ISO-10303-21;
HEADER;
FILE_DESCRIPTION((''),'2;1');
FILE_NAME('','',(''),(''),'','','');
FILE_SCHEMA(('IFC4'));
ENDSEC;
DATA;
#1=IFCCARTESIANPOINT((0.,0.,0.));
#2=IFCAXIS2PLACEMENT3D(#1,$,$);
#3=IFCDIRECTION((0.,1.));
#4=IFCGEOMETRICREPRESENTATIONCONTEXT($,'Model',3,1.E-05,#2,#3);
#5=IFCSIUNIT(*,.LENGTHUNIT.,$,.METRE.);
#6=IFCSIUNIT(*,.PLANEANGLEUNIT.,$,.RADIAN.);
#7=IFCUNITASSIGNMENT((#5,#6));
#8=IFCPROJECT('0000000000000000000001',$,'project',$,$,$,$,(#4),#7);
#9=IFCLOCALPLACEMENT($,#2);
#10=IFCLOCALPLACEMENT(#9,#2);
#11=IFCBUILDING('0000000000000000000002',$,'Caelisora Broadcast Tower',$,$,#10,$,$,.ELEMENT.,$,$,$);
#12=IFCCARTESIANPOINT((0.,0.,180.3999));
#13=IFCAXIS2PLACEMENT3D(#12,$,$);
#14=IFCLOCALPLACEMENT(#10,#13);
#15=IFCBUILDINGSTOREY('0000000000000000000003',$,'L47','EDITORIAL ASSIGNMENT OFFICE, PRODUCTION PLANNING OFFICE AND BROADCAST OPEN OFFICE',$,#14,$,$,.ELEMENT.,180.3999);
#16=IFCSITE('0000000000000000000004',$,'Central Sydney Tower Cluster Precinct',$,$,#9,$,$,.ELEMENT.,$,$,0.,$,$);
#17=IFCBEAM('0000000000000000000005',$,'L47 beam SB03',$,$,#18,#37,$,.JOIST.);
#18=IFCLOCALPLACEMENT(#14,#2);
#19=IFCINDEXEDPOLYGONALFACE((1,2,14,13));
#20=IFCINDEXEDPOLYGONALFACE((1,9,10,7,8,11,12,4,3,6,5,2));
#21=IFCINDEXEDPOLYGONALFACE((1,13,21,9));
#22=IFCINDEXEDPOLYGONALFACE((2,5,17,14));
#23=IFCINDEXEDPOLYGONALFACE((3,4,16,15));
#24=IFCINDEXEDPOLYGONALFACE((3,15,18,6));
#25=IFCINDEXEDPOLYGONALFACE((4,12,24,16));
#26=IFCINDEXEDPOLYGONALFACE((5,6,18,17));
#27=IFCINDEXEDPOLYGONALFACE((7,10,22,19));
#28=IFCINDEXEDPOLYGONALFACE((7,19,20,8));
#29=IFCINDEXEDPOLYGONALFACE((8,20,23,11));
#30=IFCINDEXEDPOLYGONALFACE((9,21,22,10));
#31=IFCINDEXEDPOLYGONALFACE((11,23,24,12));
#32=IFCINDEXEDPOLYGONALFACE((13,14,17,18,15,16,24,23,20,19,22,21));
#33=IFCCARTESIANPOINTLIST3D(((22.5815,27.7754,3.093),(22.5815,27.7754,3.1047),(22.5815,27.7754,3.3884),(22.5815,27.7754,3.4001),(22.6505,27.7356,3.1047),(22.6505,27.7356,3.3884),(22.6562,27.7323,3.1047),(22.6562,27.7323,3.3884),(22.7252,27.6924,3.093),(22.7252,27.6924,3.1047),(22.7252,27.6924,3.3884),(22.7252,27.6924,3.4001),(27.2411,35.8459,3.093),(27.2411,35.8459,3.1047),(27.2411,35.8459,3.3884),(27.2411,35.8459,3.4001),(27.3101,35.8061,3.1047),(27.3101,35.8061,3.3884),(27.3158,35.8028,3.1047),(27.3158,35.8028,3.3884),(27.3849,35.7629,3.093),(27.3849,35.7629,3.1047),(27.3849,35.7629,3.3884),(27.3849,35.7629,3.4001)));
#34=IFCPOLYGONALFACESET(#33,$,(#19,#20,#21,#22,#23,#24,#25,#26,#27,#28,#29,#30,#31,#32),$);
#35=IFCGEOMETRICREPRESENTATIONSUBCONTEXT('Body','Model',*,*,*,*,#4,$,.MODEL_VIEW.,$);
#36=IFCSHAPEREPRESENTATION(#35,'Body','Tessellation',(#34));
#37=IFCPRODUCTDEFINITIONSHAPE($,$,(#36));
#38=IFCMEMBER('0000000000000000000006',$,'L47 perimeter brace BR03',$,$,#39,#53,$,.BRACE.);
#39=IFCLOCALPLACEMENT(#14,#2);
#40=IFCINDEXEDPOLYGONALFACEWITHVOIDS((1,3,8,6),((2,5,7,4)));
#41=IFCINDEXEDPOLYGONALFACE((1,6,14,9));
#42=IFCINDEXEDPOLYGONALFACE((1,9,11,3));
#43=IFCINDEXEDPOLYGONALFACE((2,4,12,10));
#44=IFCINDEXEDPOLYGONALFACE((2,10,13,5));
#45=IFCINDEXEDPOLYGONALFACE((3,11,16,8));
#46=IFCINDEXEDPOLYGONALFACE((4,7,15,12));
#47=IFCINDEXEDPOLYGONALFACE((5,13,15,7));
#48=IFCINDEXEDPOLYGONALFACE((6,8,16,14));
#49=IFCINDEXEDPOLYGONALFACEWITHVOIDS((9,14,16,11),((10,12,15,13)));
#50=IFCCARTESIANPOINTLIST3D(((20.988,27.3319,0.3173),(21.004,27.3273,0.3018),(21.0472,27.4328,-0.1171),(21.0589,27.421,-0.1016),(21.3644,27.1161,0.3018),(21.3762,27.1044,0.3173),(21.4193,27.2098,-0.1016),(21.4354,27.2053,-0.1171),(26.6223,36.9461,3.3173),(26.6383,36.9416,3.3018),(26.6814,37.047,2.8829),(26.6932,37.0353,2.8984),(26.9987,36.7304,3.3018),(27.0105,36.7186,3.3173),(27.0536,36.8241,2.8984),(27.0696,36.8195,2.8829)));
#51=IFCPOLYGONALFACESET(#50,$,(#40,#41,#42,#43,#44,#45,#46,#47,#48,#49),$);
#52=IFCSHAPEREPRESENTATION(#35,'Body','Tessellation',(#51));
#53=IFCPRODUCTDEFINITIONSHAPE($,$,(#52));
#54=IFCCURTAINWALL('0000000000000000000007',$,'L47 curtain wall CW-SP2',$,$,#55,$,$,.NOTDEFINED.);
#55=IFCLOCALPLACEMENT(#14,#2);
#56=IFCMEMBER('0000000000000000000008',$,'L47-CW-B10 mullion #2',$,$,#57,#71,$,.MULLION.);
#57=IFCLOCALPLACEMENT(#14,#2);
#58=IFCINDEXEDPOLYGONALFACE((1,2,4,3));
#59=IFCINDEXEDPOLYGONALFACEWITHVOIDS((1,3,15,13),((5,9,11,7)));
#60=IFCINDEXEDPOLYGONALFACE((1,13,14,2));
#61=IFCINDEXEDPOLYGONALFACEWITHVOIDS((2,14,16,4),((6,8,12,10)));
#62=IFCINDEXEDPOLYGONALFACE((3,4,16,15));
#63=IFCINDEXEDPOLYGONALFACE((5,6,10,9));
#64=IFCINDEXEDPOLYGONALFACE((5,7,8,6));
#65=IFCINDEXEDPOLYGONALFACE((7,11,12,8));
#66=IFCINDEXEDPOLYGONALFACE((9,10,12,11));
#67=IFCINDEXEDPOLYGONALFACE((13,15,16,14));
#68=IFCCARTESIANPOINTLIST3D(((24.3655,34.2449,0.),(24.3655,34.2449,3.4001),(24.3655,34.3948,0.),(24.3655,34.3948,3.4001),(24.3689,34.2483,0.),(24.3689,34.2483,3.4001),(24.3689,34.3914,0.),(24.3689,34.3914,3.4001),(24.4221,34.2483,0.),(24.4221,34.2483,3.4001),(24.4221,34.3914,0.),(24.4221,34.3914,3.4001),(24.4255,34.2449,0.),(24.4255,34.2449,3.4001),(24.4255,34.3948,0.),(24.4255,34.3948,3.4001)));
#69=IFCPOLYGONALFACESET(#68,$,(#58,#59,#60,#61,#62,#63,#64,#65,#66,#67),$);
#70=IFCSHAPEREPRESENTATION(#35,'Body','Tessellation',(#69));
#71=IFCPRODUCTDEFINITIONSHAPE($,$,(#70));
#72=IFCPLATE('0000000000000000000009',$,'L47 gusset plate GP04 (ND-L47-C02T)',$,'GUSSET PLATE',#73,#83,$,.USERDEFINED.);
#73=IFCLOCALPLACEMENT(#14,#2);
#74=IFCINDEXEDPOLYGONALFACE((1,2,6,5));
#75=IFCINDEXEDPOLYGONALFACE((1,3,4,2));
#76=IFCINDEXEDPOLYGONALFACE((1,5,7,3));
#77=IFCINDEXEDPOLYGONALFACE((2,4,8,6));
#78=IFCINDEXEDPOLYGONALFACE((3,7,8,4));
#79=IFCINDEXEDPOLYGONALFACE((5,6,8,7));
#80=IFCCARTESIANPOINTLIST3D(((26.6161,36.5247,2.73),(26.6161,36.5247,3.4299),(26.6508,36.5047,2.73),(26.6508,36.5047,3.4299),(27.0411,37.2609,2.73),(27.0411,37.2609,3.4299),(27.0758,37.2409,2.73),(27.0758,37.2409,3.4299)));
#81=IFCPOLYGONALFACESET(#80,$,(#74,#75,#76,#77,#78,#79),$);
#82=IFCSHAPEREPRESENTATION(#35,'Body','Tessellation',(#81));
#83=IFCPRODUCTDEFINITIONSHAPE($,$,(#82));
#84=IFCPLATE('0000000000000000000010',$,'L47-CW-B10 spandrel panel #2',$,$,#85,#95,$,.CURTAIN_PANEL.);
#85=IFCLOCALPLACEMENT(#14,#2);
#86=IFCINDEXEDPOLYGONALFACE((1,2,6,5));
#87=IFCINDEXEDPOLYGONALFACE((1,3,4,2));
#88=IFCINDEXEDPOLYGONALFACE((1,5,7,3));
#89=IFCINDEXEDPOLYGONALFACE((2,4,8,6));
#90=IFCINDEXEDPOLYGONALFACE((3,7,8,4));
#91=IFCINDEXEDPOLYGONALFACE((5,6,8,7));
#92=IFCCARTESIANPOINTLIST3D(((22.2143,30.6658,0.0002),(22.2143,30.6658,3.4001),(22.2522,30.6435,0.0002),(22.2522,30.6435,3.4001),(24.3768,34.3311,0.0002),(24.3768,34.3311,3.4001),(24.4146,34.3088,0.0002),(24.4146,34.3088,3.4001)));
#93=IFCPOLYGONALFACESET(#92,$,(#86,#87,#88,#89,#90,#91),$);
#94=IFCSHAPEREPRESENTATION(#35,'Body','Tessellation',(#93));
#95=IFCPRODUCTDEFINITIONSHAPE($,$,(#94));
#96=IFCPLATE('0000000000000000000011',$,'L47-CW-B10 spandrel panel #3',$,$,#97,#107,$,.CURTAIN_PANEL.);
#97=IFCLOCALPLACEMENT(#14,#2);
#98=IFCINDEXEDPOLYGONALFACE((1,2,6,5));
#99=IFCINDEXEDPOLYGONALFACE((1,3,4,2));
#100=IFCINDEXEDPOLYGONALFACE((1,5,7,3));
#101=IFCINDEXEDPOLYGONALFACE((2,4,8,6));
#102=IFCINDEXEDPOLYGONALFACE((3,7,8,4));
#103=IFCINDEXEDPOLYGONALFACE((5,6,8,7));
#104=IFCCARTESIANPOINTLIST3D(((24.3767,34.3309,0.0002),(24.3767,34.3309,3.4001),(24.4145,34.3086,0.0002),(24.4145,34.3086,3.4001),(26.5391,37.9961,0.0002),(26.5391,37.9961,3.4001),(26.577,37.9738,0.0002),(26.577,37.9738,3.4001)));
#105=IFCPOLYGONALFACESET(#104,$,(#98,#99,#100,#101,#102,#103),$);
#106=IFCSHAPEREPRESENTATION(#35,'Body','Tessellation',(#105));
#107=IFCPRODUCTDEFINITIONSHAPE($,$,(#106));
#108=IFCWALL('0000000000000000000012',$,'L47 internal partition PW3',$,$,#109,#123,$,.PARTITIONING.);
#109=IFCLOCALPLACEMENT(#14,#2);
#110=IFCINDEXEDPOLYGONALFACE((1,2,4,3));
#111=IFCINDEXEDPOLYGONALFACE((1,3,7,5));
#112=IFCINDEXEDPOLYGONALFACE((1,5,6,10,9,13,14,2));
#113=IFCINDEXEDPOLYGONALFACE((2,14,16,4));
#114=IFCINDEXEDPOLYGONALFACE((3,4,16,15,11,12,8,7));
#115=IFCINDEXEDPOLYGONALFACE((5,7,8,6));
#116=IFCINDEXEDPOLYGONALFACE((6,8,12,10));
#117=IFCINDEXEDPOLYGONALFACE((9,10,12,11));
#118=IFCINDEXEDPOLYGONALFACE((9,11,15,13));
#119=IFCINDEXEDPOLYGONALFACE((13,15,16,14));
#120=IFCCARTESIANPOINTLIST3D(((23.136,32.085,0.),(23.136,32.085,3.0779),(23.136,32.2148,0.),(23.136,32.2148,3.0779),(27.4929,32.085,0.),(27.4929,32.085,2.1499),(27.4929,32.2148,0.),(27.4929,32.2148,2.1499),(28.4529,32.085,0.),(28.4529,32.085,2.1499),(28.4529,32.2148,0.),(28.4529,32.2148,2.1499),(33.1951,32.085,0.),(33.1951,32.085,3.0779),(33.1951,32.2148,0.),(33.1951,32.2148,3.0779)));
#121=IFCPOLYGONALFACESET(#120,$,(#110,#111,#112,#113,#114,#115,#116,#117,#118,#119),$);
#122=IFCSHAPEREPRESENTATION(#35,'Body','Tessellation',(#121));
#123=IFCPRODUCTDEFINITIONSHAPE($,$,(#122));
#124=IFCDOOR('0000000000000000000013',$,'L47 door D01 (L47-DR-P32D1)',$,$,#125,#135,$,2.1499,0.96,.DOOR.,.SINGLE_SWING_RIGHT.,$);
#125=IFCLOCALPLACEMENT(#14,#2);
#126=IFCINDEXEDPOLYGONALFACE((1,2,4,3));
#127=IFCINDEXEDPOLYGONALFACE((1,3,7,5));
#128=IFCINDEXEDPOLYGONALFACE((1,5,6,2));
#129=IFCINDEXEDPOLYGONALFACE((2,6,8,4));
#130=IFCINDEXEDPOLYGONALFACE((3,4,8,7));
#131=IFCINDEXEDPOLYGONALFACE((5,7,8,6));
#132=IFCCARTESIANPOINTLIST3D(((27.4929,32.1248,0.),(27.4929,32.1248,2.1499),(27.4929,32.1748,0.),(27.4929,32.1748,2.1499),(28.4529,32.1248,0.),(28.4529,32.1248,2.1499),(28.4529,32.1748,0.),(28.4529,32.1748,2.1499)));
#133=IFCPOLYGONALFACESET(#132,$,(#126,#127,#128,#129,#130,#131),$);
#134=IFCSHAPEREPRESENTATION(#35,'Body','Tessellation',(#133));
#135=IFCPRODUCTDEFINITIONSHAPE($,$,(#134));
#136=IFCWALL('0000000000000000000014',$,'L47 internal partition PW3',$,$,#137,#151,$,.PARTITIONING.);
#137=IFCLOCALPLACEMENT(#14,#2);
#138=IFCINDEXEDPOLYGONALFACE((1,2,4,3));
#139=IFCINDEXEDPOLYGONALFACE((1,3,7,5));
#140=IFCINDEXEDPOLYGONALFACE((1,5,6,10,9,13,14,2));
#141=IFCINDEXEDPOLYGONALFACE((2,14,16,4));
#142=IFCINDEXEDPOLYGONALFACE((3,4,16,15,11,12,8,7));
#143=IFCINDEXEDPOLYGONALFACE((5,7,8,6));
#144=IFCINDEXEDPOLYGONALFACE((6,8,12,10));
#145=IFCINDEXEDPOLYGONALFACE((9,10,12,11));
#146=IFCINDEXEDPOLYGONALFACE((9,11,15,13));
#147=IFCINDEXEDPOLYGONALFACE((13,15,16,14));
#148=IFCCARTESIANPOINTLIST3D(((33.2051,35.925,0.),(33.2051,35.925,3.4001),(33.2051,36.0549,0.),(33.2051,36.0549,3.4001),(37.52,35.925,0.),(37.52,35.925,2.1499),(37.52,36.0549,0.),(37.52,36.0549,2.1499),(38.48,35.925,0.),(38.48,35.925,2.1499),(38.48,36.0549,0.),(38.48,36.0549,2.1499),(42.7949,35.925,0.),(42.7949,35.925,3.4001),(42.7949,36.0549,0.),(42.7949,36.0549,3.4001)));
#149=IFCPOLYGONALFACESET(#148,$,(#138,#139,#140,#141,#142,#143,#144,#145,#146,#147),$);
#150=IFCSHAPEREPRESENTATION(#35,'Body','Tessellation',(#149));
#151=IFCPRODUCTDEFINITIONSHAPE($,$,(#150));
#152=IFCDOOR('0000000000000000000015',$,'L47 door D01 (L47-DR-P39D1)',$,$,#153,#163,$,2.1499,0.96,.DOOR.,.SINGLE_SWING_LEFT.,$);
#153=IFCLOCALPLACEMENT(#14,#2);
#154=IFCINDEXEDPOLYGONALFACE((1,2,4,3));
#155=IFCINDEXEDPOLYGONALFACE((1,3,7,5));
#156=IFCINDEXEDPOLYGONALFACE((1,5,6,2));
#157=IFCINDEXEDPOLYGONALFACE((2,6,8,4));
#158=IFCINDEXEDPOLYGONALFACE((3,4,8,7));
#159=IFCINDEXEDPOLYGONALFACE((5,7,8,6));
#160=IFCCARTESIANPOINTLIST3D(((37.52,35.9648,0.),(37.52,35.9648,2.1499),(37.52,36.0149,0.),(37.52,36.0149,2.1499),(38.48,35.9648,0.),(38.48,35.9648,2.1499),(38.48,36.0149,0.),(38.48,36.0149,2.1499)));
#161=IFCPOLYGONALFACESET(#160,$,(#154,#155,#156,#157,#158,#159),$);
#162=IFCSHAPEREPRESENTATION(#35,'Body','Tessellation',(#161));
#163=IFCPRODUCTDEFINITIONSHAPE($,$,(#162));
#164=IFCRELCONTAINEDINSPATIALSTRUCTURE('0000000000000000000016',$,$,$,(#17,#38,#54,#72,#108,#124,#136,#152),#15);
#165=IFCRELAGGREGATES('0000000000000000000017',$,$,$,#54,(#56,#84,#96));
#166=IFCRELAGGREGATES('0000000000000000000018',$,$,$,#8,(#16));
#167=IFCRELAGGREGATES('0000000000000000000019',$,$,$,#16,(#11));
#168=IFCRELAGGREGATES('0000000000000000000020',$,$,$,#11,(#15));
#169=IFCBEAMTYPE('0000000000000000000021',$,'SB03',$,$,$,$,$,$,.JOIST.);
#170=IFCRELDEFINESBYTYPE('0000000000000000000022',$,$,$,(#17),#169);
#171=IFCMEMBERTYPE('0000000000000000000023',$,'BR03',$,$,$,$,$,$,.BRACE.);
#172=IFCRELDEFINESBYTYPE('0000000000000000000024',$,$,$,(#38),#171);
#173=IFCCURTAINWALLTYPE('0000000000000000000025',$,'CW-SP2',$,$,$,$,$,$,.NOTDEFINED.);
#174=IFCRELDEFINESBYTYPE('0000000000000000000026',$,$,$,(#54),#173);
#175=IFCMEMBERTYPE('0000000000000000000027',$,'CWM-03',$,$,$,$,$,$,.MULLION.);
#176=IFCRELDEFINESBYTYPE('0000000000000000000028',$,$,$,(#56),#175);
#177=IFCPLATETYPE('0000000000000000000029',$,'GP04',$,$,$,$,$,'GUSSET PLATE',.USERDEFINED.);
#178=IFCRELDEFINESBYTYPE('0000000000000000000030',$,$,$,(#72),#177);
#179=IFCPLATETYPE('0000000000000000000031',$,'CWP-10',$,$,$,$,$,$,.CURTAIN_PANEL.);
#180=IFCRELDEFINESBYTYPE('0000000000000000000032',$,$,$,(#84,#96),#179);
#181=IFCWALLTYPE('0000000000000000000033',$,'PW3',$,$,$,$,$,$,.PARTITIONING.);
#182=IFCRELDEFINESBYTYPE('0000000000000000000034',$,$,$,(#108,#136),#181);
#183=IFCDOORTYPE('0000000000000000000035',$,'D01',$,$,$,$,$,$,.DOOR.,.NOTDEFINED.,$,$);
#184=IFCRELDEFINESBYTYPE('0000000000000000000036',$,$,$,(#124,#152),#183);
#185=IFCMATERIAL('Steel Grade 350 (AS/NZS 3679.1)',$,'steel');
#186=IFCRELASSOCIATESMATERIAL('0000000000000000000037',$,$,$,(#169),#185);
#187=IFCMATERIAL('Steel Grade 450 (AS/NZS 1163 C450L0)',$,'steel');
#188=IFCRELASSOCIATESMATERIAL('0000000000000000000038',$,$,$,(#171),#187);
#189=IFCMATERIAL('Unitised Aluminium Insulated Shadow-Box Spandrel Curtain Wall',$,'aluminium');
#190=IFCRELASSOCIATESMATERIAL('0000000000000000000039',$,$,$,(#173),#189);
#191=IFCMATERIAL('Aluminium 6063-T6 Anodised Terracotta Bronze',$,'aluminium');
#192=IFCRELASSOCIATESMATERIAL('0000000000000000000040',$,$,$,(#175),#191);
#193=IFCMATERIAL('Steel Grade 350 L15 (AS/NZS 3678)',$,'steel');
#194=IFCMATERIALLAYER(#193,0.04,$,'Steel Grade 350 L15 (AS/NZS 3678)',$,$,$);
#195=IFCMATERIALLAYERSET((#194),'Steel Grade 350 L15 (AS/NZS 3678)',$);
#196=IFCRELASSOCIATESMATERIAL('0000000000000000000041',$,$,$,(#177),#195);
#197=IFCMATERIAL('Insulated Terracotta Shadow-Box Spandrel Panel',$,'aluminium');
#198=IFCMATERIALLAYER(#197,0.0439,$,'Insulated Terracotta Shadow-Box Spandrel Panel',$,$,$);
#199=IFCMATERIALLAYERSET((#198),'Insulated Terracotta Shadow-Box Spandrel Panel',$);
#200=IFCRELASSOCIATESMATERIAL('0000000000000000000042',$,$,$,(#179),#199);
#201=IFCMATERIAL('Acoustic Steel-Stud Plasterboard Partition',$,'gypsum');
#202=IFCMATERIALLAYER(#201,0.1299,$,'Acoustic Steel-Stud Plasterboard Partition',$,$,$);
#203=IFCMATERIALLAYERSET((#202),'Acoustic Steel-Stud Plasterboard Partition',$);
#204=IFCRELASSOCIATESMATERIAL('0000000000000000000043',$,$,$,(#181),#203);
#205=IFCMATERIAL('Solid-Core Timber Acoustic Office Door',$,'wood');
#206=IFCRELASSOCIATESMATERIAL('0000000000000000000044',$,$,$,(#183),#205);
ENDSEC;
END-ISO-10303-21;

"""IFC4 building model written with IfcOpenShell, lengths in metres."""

from ifc_helpers import new_model, si_unit, direction, frame, frame_2d, origin, origin_2d, place, context, subcontext, project, spatial, rectangle, hollow_rectangle, i_section, extrude, source, transform, mapped, material, layer, layer_set, material_profile, profile_set, type_object, type_shapes, element, fill, aggregate, save


model = new_model("IFC4")

# Units and contexts
model_context = context("Model", 3, precision=1e-05, world=origin(), true_north=direction((0.0, 1.0)))
body_context = subcontext(model_context, "Body", "Model", "MODEL_VIEW")
ifc_project = project(units=[si_unit("LENGTHUNIT", "METRE"), si_unit("PLANEANGLEUNIT", "RADIAN")], contexts=[model_context])

# Site, building, storey
site_placement = place(None, origin())
site = spatial("IfcSite", under=ifc_project, at=site_placement, Name="Central Sydney Tower Cluster Precinct", CompositionType="ELEMENT", RefElevation=0.0)
building_placement = place(site_placement, origin())
building = spatial("IfcBuilding", under=site, at=building_placement, Name="Caelisora Broadcast Tower", CompositionType="ELEMENT")
storey_placement = place(building_placement, frame((0.0, 0.0, 180.3999)))
storey = spatial("IfcBuildingStorey", under=building, at=storey_placement, Name="L47", Description="EDITORIAL ASSIGNMENT OFFICE, PRODUCTION PLANNING OFFICE AND BROADCAST OPEN OFFICE", CompositionType="ELEMENT", Elevation=180.3999)

# Shared definitions
ifc_material_1 = material(Name="Steel Grade 350 L15 (AS/NZS 3678)", Category="steel")

# Beam
ifc_material_2 = material(Name="Steel Grade 350 (AS/NZS 3679.1)", Category="steel")
ifc_material_profile_1 = material_profile(ifc_material_2, i_section(OverallWidth=0.166, OverallDepth=0.3071, WebThickness=0.0066, FlangeThickness=0.0117, at=origin_2d()), Name="Steel Grade 350 (AS/NZS 3679.1)")
ifc_profile_set_1 = profile_set([ifc_material_profile_1], Name="Steel Grade 350 (AS/NZS 3679.1)")
beam_type_1 = type_object("IfcBeamType", Name="SB03", PredefinedType="JOIST", material=ifc_profile_set_1)
shared_shape_1 = source(origin(), body_context, "Body", "SweptSolid", [
    extrude(i_section(OverallWidth=0.166, OverallDepth=0.3071, WebThickness=0.0066, FlangeThickness=0.0117, at=origin_2d()), origin(), (0.0, 0.0, 1.0), 9.3191),
])
beam_1_placement = place(storey_placement, frame((27.313, 35.8044, 3.2466), z_axis=(-0.50001, -0.866019, 0.0), x_axis=(0.866019, -0.50001, 0.0)))
element("IfcBeam", 1, at=beam_1_placement, inside=storey, type_object=beam_type_1, Name="L47 beam SB03", PredefinedType="JOIST", context=body_context, shape_type="MappedRepresentation", body=[
    mapped(shared_shape_1, transform((0.0, 0.0, 0.0), scale=1.0)),
])

# Member
ifc_material_3 = material(Name="Steel Grade 450 (AS/NZS 1163 C450L0)", Category="steel")
ifc_material_profile_2 = material_profile(ifc_material_3, hollow_rectangle(XDim=0.45, YDim=0.45, WallThickness=0.0161, at=origin_2d()), Name="Steel Grade 450 (AS/NZS 1163 C450L0)")
ifc_profile_set_2 = profile_set([ifc_material_profile_2], Name="Steel Grade 450 (AS/NZS 1163 C450L0)")
member_type_1 = type_object("IfcMemberType", Name="BR03", PredefinedType="BRACE", material=ifc_profile_set_2)
shared_shape_2 = source(origin(), body_context, "Body", "SweptSolid", [
    extrude(hollow_rectangle(XDim=0.45, YDim=0.45, WallThickness=0.0161, at=origin_2d()), origin(), (0.0, 0.0, 1.0), 11.5403),
])
type_shapes(member_type_1, [shared_shape_2])
member_1_placement = place(storey_placement, frame((26.8459, 36.8828, 3.1001), z_axis=(-0.488225, -0.833101, -0.259958), x_axis=(0.862763, -0.505608, 0.0)))
element("IfcMember", 2, at=member_1_placement, inside=storey, type_object=member_type_1, Name="L47 perimeter brace BR03", PredefinedType="BRACE", context=body_context, shape_type="MappedRepresentation", body=[
    mapped(shared_shape_2, transform((0.0, 0.0, 0.0), scale=1.0)),
])

# Curtain wall, member
ifc_material_4 = material(Name="Unitised Aluminium Insulated Shadow-Box Spandrel Curtain Wall", Category="aluminium")
curtain_wall_type = type_object("IfcCurtainWallType", Name="CW-SP2", PredefinedType="NOTDEFINED", material=ifc_material_4)
curtain_wall_placement = place(storey_placement, origin())
curtain_wall = element("IfcCurtainWall", 3, at=curtain_wall_placement, inside=storey, type_object=curtain_wall_type, Name="L47 curtain wall CW-SP2", PredefinedType="NOTDEFINED")
ifc_material_5 = material(Name="Aluminium 6063-T6 Anodised Terracotta Bronze", Category="aluminium")
ifc_material_profile_3 = material_profile(ifc_material_5, hollow_rectangle(XDim=0.0601, YDim=0.1499, WallThickness=0.0034, at=origin_2d()), Name="Aluminium 6063-T6 Anodised Terracotta Bronze")
ifc_profile_set_3 = profile_set([ifc_material_profile_3], Name="Aluminium 6063-T6 Anodised Terracotta Bronze")
member_type_2 = type_object("IfcMemberType", Name="CWM-03", PredefinedType="MULLION", material=ifc_profile_set_3)
shared_shape_3 = source(origin(), body_context, "Body", "SweptSolid", [
    extrude(hollow_rectangle(XDim=0.0601, YDim=0.1499, WallThickness=0.0034, at=origin_2d()), origin(), (0.0, 0.0, 1.0), 3.4001),
])
type_shapes(member_type_2, [shared_shape_3])
member_2_placement = place(storey_placement, frame((24.3955, 34.3198, 0.0), z_axis=(0.0, 0.0, 1.0), x_axis=(1.0, 0.0, 0.0)))
member_2 = element("IfcMember", 4, at=member_2_placement, type_object=member_type_2, Name="L47-CW-B10 mullion #2", PredefinedType="MULLION", context=body_context, shape_type="MappedRepresentation", body=[
    mapped(shared_shape_3, transform((0.0, 0.0, 0.0), scale=1.0)),
])

# Plates
ifc_layer_1 = layer(ifc_material_1, 0.04, Name="Steel Grade 350 L15 (AS/NZS 3678)")
ifc_layer_set_1 = layer_set([ifc_layer_1], Name="Steel Grade 350 L15 (AS/NZS 3678)")
plate_type_1 = type_object("IfcPlateType", Name="GP04", ElementType="GUSSET PLATE", PredefinedType="USERDEFINED", material=ifc_layer_set_1)
shared_shape_4 = source(origin(), body_context, "Body", "SweptSolid", [
    extrude(rectangle(XDim=0.8501, YDim=0.04, at=origin_2d()), origin(), (0.0, 0.0, 1.0), 0.7),
])
type_shapes(plate_type_1, [shared_shape_4])
plate_1_placement = place(storey_placement, frame((26.8459, 36.8828, 2.73), z_axis=(0.0, 0.0, 1.0), x_axis=(-0.5, -0.866025, 0.0)))
element("IfcPlate", 5, at=plate_1_placement, inside=storey, type_object=plate_type_1, Name="L47 gusset plate GP04 (ND-L47-C02T)", ObjectType="GUSSET PLATE", PredefinedType="USERDEFINED", context=body_context, shape_type="MappedRepresentation", body=[
    mapped(shared_shape_4, transform((0.0, 0.0, 0.0), scale=1.0)),
])
ifc_material_6 = material(Name="Insulated Terracotta Shadow-Box Spandrel Panel", Category="aluminium")
ifc_layer_2 = layer(ifc_material_6, 0.0439, Name="Insulated Terracotta Shadow-Box Spandrel Panel")
ifc_layer_set_2 = layer_set([ifc_layer_2], Name="Insulated Terracotta Shadow-Box Spandrel Panel")
plate_type_2 = type_object("IfcPlateType", Name="CWP-10", PredefinedType="CURTAIN_PANEL", material=ifc_layer_set_2)
shared_shape_5 = source(origin(), body_context, "Body", "SweptSolid", [
    extrude(rectangle(XDim=4.2556, YDim=0.0439, at=origin_2d()), origin(), (0.0, 0.0, 1.0), 3.3999),
])
type_shapes(plate_type_2, [shared_shape_5])
plate_2_placement = place(storey_placement, frame((23.3145, 32.4873, 0.0002), z_axis=(0.0, 0.0, 1.0), x_axis=(0.50814, 0.861275, 0.0)))
plate_2 = element("IfcPlate", 6, at=plate_2_placement, type_object=plate_type_2, Name="L47-CW-B10 spandrel panel #2", PredefinedType="CURTAIN_PANEL", context=body_context, shape_type="MappedRepresentation", body=[
    mapped(shared_shape_5, transform((0.0, 0.0, 0.0), scale=1.0)),
])
plate_3_placement = place(storey_placement, frame((25.4768, 36.1523, 0.0002), z_axis=(0.0, 0.0, 1.0), x_axis=(0.50814, 0.861275, 0.0)))
plate_3 = element("IfcPlate", 7, at=plate_3_placement, type_object=plate_type_2, Name="L47-CW-B10 spandrel panel #3", PredefinedType="CURTAIN_PANEL", context=body_context, shape_type="MappedRepresentation", body=[
    mapped(shared_shape_5, transform((0.0, 0.0, 0.0), scale=1.0)),
])
aggregate(curtain_wall, [member_2, plate_2, plate_3])

# Walls, openings, doors
ifc_material_7 = material(Name="Acoustic Steel-Stud Plasterboard Partition", Category="gypsum")
ifc_layer_3 = layer(ifc_material_7, 0.1299, Name="Acoustic Steel-Stud Plasterboard Partition")
ifc_layer_set_3 = layer_set([ifc_layer_3], Name="Acoustic Steel-Stud Plasterboard Partition")
wall_type = type_object("IfcWallType", Name="PW3", PredefinedType="PARTITIONING", material=ifc_layer_set_3)
wall_1_placement = place(storey_placement, frame((23.136, 32.1499, 0.0), z_axis=(0.0, 0.0, 1.0), x_axis=(1.0, 0.0, 0.0)))
wall_1 = element("IfcWall", 8, at=wall_1_placement, inside=storey, type_object=wall_type, Name="L47 internal partition PW3", PredefinedType="PARTITIONING", context=body_context, shape_type="SweptSolid", body=[
    extrude(rectangle(XDim=10.0591, YDim=0.1299, at=frame_2d((5.0295, 0.0))), origin(), (0.0, 0.0, 1.0), 3.0779),
])
opening_1_placement = place(wall_1_placement, frame((4.3569, 0.0, 0.0)))
opening_1 = element("IfcOpeningElement", 9, at=opening_1_placement, cuts=wall_1, PredefinedType="OPENING", context=body_context, shape_type="SweptSolid", body=[
    extrude(rectangle(XDim=0.96, YDim=2.1499, at=frame_2d((0.48, 1.075))), frame((0.0, 0.0769, 0.0), z_axis=(0.0, -1.0, 0.0), x_axis=(1.0, 0.0, 0.0)), (0.0, 0.0, 1.0), 0.1538),
])
ifc_material_8 = material(Name="Solid-Core Timber Acoustic Office Door", Category="wood")
door_type = type_object("IfcDoorType", Name="D01", OperationType="NOTDEFINED", PredefinedType="DOOR", material=ifc_material_8)
door_1_placement = place(opening_1_placement, origin())
door_1 = element("IfcDoor", 10, at=door_1_placement, inside=storey, type_object=door_type, Name="L47 door D01 (L47-DR-P32D1)", OperationType="SINGLE_SWING_RIGHT", OverallHeight=2.1499, OverallWidth=0.96, PredefinedType="DOOR", context=body_context, shape_type="SweptSolid", body=[
    extrude(rectangle(XDim=0.96, YDim=2.1499, at=frame_2d((0.48, 1.075))), frame((0.0, 0.0249, 0.0), z_axis=(0.0, -1.0, 0.0), x_axis=(1.0, 0.0, 0.0)), (0.0, 0.0, 1.0), 0.05),
])
fill(opening_1, door_1)
wall_2_placement = place(storey_placement, frame((33.2051, 35.99, 0.0), z_axis=(0.0, 0.0, 1.0), x_axis=(1.0, 0.0, 0.0)))
wall_2 = element("IfcWall", 11, at=wall_2_placement, inside=storey, type_object=wall_type, Name="L47 internal partition PW3", PredefinedType="PARTITIONING", context=body_context, shape_type="SweptSolid", body=[
    extrude(rectangle(XDim=9.5898, YDim=0.1299, at=frame_2d((4.7949, 0.0))), origin(), (0.0, 0.0, 1.0), 3.4001),
])
opening_2_placement = place(wall_2_placement, frame((4.3149, 0.0, 0.0)))
opening_2 = element("IfcOpeningElement", 12, at=opening_2_placement, cuts=wall_2, PredefinedType="OPENING", context=body_context, shape_type="SweptSolid", body=[
    extrude(rectangle(XDim=0.96, YDim=2.1499, at=frame_2d((0.48, 1.075))), frame((0.0, 0.0769, 0.0), z_axis=(0.0, -1.0, 0.0), x_axis=(1.0, 0.0, 0.0)), (0.0, 0.0, 1.0), 0.1538),
])
door_2_placement = place(opening_2_placement, origin())
door_2 = element("IfcDoor", 13, at=door_2_placement, inside=storey, type_object=door_type, Name="L47 door D01 (L47-DR-P39D1)", OperationType="SINGLE_SWING_LEFT", OverallHeight=2.1499, OverallWidth=0.96, PredefinedType="DOOR", context=body_context, shape_type="SweptSolid", body=[
    extrude(rectangle(XDim=0.96, YDim=2.1499, at=frame_2d((0.48, 1.075))), frame((0.0, 0.0249, 0.0), z_axis=(0.0, -1.0, 0.0), x_axis=(1.0, 0.0, 0.0)), (0.0, 0.0, 1.0), 0.05),
])
fill(opening_2, door_2)

save(model, "model.ifc")
